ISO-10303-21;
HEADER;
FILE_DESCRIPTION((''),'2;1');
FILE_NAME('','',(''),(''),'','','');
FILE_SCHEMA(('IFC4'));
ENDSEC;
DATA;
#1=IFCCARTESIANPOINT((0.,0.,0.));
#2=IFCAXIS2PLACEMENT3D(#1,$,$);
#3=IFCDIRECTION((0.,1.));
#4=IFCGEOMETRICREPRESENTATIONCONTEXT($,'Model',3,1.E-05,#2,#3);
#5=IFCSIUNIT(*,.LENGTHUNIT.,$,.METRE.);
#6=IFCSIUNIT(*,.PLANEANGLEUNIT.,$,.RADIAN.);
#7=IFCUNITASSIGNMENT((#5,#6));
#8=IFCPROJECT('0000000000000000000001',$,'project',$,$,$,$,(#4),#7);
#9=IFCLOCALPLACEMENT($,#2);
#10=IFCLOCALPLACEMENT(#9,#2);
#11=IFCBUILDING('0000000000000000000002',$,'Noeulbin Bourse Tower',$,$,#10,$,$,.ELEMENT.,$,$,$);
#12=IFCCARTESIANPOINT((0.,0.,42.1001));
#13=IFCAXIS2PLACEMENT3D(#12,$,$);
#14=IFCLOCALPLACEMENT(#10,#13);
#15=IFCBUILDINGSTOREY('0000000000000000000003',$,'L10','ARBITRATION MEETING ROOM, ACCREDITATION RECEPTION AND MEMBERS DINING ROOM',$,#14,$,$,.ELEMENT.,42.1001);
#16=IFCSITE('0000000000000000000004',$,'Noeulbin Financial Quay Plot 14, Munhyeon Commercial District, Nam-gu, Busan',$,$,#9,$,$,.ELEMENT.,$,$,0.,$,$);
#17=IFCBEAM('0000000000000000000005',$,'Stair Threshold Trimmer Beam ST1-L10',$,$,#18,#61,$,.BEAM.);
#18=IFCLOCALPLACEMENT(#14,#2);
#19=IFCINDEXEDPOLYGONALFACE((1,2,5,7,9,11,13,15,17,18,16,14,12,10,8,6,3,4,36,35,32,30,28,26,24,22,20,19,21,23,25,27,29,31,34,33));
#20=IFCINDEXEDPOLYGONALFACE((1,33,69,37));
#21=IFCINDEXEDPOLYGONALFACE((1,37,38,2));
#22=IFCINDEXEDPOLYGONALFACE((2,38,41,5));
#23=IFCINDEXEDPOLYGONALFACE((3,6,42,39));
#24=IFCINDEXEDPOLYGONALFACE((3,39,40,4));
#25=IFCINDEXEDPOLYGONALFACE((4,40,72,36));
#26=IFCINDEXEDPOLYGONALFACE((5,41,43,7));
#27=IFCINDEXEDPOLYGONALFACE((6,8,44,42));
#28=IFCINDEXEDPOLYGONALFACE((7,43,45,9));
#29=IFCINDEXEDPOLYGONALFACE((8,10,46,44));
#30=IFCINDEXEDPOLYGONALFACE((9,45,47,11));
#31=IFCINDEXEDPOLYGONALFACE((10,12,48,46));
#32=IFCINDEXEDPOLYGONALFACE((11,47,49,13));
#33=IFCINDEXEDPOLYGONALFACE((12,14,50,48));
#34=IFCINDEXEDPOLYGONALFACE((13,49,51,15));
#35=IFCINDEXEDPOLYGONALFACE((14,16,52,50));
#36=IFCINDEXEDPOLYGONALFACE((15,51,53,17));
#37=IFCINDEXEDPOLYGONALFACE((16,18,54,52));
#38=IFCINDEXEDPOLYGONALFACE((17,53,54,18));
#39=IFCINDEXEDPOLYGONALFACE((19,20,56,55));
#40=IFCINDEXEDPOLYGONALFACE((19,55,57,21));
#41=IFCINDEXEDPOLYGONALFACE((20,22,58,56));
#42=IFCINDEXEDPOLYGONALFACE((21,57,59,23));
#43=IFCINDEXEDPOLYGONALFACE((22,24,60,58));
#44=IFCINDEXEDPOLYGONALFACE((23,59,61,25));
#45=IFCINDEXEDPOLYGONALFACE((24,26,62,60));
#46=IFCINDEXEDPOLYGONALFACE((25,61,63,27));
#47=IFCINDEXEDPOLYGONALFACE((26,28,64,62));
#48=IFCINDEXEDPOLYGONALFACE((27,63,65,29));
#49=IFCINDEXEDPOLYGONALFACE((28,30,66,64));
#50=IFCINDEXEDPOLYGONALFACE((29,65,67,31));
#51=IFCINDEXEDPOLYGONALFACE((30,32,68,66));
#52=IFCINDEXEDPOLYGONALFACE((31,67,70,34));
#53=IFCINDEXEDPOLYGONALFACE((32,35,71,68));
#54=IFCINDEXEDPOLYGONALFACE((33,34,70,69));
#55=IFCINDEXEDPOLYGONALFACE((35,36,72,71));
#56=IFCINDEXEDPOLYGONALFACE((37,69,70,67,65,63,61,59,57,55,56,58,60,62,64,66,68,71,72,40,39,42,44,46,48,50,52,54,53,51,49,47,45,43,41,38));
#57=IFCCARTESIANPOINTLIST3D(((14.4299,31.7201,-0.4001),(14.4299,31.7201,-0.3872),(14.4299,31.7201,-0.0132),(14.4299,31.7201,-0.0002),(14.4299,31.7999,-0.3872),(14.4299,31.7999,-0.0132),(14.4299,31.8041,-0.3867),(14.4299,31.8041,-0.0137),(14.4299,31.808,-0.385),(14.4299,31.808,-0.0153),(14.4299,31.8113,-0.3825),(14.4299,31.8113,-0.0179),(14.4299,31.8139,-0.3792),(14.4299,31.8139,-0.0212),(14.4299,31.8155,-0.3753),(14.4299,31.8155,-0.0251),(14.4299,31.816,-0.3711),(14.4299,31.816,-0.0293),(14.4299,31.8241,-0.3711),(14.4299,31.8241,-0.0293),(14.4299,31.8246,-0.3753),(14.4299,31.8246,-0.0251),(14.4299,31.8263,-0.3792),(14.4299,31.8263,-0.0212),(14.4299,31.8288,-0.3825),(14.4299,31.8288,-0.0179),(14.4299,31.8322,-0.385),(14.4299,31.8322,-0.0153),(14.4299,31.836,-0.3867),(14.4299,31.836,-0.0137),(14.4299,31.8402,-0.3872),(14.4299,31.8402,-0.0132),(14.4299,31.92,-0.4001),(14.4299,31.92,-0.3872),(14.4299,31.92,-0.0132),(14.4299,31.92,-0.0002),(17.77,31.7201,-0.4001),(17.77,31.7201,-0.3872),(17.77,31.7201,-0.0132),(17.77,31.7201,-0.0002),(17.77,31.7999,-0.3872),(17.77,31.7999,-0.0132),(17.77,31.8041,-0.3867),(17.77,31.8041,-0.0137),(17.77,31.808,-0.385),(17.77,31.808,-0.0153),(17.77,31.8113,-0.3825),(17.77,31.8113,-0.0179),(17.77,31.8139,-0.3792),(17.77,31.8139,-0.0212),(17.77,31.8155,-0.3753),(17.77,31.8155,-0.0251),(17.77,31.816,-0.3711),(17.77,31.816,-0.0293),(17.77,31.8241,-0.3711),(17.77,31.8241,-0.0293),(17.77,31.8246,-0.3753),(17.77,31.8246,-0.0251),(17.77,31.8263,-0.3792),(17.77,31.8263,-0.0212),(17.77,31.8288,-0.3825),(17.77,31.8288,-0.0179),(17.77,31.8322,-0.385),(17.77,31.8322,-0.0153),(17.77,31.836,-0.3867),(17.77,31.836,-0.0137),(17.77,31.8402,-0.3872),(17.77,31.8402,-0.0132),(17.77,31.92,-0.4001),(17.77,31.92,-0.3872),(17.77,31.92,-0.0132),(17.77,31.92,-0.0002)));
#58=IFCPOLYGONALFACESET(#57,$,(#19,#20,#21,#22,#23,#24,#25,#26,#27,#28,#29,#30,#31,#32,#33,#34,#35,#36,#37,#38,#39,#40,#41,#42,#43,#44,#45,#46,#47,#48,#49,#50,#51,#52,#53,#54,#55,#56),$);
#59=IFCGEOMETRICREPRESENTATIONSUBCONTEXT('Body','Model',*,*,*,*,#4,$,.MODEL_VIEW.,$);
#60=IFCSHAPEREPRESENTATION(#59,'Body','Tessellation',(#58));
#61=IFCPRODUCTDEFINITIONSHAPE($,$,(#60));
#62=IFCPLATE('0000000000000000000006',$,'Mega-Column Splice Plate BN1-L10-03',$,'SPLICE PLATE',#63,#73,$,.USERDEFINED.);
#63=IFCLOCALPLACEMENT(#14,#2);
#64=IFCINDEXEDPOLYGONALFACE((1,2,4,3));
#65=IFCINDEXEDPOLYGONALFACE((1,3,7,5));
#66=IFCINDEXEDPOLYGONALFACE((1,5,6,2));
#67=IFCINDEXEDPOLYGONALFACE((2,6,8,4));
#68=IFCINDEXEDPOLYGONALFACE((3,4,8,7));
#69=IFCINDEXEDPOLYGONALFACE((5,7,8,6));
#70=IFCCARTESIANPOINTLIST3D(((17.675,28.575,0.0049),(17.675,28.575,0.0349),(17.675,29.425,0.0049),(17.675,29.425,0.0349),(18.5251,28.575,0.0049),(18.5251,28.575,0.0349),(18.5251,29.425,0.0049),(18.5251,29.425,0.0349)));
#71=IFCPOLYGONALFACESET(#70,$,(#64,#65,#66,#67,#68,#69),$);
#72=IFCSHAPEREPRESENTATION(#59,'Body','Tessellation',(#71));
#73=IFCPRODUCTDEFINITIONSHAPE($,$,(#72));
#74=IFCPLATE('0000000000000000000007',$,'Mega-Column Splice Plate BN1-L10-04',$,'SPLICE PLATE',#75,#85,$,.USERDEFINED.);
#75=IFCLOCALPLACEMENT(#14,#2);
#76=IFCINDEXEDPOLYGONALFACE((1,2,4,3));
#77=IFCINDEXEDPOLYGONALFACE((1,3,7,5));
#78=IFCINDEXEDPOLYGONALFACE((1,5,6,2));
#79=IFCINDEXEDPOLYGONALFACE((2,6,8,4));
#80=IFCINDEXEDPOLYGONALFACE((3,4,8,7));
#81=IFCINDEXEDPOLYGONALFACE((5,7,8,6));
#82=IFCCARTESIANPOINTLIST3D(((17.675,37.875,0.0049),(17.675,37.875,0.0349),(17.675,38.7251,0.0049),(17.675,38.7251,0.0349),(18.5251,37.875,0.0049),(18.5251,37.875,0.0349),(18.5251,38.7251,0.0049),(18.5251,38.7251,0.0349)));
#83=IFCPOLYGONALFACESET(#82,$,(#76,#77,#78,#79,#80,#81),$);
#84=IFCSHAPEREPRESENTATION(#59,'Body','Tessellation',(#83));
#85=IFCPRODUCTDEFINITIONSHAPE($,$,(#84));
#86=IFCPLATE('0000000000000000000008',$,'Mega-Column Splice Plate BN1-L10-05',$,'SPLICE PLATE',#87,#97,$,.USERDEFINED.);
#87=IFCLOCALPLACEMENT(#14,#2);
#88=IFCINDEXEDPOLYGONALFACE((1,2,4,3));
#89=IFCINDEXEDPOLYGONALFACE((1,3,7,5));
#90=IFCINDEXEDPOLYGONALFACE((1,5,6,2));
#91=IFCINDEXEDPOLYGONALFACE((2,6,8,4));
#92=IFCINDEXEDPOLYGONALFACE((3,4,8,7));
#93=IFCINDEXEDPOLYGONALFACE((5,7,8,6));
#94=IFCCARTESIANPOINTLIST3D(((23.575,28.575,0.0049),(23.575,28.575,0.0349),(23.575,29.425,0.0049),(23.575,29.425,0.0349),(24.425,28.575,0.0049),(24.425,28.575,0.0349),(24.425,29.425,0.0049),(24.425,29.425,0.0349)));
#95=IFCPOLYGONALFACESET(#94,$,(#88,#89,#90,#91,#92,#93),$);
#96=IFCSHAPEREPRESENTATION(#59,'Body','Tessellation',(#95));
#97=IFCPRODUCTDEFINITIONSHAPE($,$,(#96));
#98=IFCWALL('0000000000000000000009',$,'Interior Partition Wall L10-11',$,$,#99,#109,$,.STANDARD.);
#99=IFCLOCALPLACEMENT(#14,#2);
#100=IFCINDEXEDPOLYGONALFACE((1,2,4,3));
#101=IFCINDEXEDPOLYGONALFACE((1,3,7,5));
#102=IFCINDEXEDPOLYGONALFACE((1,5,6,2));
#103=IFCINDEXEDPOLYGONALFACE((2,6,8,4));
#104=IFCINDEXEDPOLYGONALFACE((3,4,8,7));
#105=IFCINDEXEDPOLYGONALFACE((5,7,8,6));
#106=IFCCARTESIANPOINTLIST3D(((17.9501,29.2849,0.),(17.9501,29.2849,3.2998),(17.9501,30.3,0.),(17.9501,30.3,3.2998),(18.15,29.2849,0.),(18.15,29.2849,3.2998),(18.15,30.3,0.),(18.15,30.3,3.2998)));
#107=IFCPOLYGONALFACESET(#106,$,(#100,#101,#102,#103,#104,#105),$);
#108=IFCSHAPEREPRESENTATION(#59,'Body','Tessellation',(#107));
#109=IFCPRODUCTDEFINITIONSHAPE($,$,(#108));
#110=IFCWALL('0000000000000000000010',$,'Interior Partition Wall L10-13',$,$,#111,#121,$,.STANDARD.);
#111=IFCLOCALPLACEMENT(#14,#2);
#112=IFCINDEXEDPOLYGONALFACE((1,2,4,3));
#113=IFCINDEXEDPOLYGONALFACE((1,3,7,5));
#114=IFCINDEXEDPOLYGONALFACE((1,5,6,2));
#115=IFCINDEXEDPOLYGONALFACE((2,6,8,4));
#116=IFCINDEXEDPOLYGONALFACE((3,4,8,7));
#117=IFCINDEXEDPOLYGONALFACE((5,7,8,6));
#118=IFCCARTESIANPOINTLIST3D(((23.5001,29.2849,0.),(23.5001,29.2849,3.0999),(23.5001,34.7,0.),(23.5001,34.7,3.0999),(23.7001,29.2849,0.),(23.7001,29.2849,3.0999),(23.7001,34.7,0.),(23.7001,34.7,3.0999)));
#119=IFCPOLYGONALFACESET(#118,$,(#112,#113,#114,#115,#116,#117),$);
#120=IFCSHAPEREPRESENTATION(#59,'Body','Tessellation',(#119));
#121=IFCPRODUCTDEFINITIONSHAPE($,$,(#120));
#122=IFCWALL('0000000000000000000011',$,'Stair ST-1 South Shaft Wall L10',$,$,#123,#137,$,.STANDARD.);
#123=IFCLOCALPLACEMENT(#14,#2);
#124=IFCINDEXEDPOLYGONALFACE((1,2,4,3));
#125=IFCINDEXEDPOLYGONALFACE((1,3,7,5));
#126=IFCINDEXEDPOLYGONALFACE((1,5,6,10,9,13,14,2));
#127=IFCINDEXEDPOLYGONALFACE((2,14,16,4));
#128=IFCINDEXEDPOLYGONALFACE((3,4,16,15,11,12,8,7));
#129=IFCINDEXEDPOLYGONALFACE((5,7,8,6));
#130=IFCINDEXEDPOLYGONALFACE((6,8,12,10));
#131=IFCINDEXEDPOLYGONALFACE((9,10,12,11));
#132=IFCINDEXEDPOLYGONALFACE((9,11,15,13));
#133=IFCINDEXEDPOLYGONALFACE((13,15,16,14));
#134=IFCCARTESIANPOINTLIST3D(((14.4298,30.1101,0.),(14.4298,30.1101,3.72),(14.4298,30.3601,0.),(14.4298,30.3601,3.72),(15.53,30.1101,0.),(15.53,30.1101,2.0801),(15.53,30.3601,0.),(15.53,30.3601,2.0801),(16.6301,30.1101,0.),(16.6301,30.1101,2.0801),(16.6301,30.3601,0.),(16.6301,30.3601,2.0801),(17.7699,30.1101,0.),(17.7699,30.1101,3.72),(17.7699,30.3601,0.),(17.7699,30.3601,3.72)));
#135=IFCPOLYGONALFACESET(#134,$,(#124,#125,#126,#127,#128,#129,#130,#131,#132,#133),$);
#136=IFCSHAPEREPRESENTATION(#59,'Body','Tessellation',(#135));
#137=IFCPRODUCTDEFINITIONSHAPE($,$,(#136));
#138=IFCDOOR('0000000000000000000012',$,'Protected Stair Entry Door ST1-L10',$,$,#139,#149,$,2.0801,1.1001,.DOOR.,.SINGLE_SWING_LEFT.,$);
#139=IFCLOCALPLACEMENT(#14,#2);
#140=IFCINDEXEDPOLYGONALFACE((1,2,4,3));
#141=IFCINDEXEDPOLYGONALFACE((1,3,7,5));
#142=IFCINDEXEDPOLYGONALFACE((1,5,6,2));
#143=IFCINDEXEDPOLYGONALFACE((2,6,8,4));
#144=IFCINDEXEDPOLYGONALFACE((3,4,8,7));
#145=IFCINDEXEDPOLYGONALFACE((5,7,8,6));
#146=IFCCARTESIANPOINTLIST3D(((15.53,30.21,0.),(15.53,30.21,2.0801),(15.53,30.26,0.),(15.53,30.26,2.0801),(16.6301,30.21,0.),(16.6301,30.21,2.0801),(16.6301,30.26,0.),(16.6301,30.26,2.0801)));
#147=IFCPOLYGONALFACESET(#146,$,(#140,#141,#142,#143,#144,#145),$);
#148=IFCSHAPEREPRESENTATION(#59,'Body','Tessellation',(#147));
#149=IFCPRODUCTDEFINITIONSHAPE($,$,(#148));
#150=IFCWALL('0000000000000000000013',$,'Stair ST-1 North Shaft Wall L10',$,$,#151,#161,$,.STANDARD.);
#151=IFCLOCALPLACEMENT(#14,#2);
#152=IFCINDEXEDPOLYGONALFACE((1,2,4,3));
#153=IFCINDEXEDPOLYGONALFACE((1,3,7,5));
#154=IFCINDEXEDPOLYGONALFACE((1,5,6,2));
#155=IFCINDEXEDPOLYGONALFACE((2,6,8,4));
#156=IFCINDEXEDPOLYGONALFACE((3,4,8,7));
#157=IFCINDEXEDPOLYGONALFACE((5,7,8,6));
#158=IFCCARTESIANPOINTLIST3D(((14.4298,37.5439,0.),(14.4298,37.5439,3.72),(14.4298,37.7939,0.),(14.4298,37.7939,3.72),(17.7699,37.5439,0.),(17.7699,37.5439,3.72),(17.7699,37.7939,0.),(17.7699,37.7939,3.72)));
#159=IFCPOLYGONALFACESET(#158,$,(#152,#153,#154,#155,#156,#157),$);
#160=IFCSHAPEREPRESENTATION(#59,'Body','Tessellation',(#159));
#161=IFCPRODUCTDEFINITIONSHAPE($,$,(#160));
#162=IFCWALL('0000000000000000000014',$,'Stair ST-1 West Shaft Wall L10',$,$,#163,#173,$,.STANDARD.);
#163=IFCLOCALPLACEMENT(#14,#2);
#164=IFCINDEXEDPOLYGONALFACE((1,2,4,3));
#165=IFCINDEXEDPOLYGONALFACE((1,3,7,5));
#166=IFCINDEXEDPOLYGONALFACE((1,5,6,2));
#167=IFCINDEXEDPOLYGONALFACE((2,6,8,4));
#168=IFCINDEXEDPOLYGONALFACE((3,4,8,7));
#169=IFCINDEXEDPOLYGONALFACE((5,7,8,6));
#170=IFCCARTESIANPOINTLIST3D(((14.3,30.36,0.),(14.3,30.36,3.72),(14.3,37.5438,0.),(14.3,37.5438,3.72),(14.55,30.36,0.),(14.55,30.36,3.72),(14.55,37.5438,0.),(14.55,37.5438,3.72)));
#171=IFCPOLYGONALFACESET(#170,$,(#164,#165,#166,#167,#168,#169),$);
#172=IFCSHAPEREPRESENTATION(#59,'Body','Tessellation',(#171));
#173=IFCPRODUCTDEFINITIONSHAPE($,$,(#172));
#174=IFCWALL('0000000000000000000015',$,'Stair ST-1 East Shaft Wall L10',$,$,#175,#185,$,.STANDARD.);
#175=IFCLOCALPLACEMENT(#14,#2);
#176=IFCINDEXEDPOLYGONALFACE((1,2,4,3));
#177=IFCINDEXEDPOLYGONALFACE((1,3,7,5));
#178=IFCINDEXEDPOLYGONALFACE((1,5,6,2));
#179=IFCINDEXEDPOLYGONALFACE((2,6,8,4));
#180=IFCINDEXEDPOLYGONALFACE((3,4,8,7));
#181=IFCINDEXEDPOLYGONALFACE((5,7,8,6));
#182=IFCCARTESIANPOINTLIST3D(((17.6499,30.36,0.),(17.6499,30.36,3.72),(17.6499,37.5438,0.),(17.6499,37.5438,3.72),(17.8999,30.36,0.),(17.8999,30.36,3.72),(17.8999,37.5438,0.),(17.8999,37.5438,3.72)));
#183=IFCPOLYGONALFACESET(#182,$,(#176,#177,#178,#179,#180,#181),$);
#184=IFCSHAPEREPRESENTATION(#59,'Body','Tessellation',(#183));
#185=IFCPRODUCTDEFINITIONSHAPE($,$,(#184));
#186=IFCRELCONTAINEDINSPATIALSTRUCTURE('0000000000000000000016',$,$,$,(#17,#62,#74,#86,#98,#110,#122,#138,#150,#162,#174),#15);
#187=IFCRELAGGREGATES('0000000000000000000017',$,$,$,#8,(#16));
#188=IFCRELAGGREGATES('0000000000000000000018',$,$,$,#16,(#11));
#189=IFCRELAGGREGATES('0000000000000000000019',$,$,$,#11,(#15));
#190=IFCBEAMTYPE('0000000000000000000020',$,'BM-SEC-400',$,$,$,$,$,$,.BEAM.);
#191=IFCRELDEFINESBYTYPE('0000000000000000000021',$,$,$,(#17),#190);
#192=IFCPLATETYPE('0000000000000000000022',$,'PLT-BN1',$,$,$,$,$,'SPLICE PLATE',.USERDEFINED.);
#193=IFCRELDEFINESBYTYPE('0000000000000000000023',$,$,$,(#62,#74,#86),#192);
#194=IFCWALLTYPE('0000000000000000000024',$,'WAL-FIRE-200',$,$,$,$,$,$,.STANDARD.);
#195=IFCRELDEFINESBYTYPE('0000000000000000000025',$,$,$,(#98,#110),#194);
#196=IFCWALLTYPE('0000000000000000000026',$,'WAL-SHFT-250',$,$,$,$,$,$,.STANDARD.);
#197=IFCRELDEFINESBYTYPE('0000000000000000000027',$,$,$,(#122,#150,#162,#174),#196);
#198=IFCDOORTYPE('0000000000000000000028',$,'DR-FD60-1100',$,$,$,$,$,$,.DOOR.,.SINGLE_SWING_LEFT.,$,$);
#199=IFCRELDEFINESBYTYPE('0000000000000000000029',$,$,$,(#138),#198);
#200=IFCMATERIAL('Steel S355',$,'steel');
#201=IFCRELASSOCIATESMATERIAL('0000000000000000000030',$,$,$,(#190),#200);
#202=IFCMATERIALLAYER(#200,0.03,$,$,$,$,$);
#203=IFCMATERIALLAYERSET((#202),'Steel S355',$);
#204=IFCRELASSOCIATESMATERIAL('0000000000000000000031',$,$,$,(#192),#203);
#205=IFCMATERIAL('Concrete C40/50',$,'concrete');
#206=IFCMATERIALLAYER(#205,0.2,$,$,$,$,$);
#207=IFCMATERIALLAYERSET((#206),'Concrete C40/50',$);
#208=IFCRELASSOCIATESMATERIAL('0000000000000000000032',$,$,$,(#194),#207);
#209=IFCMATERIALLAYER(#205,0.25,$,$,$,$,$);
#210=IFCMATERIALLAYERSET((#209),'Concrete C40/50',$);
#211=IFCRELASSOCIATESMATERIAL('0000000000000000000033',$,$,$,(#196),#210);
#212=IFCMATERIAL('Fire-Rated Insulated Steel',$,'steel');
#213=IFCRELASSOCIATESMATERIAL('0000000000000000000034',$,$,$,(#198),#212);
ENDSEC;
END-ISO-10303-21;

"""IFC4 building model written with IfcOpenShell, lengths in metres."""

from ifc_helpers import new_model, si_unit, direction, frame, frame_2d, origin, origin_2d, place, context, subcontext, project, spatial, rectangle, i_section, extrude, material, layer, layer_set, material_profile, profile_set, type_object, element, fill, save


model = new_model("IFC4")

# Units and contexts
model_context = context("Model", 3, precision=1e-05, world=origin(), true_north=direction((0.0, 1.0)))
body_context = subcontext(model_context, "Body", "Model", "MODEL_VIEW")
ifc_project = project(units=[si_unit("LENGTHUNIT", "METRE"), si_unit("PLANEANGLEUNIT", "RADIAN")], contexts=[model_context])

# Site, building, storey
site_placement = place(None, origin())
site = spatial("IfcSite", under=ifc_project, at=site_placement, Name="Noeulbin Financial Quay Plot 14, Munhyeon Commercial District, Nam-gu, Busan", CompositionType="ELEMENT", RefElevation=0.0)
building_placement = place(site_placement, origin())
building = spatial("IfcBuilding", under=site, at=building_placement, Name="Noeulbin Bourse Tower", CompositionType="ELEMENT")
storey_placement = place(building_placement, frame((0.0, 0.0, 42.1001)))
storey = spatial("IfcBuildingStorey", under=building, at=storey_placement, Name="L10", Description="ARBITRATION MEETING ROOM, ACCREDITATION RECEPTION AND MEMBERS DINING ROOM", CompositionType="ELEMENT", Elevation=42.1001)

# Beam
ifc_material_1 = material(Name="Steel S355", Category="steel")
ifc_material_profile_1 = material_profile(ifc_material_1, i_section(OverallWidth=0.2, OverallDepth=0.3999, WebThickness=0.0081, FlangeThickness=0.0129, FilletRadius=0.0161, at=origin_2d()), Name="H-400x200x8x13", Category="LoadBearing")
ifc_profile_set_1 = profile_set([ifc_material_profile_1], Name="Steel S355")
beam_type = type_object("IfcBeamType", Name="BM-SEC-400", PredefinedType="BEAM", material=ifc_profile_set_1)
beam_placement = place(storey_placement, frame((14.4299, 31.8201, -0.2002), z_axis=(1.0, 0.0, 0.0), x_axis=(0.0, 1.0, 0.0)))
element("IfcBeam", 1, at=beam_placement, inside=storey, type_object=beam_type, Name="Stair Threshold Trimmer Beam ST1-L10", PredefinedType="BEAM", context=body_context, shape_type="SweptSolid", body=[
    extrude(i_section(OverallWidth=0.2, OverallDepth=0.3999, WebThickness=0.0081, FlangeThickness=0.0129, FilletRadius=0.0161, at=origin_2d()), origin(), (0.0, 0.0, 1.0), 3.3401),
])

# Plates
ifc_layer_1 = layer(ifc_material_1, 0.03)
ifc_layer_set_1 = layer_set([ifc_layer_1], Name="Steel S355")
plate_type = type_object("IfcPlateType", Name="PLT-BN1", ElementType="SPLICE PLATE", PredefinedType="USERDEFINED", material=ifc_layer_set_1)
for number, where, z_axis, x_axis, name in (
    (2, (18.1001, 29.0, 0.0049), (0.0, 0.0, 1.0), (1.0, 0.0, 0.0), "Mega-Column Splice Plate BN1-L10-03"),
    (3, (18.1001, 38.3, 0.0049), (0.0, 0.0, 1.0), (1.0, 0.0, 0.0), "Mega-Column Splice Plate BN1-L10-04"),
    (4, (24.0, 29.0, 0.0049), (0.0, 0.0, 1.0), (1.0, 0.0, 0.0), "Mega-Column Splice Plate BN1-L10-05"),
):
    element("IfcPlate", number, at=place(storey_placement, frame(where, z_axis=z_axis, x_axis=x_axis)), inside=storey, type_object=plate_type, Name=name, ObjectType="SPLICE PLATE", PredefinedType="USERDEFINED", context=body_context, shape_type="SweptSolid", body=[
        extrude(rectangle(XDim=0.8501, YDim=0.8501, at=origin_2d()), origin(), (0.0, 0.0, 1.0), 0.03),
    ])

# Walls
ifc_material_2 = material(Name="Concrete C40/50", Category="concrete")
ifc_layer_2 = layer(ifc_material_2, 0.2)
ifc_layer_set_2 = layer_set([ifc_layer_2], Name="Concrete C40/50")
wall_type_1 = type_object("IfcWallType", Name="WAL-FIRE-200", PredefinedType="STANDARD", material=ifc_layer_set_2)
wall_1_placement = place(storey_placement, frame((18.05, 29.2849, 0.0), z_axis=(0.0, 0.0, 1.0), x_axis=(0.0, 1.0, 0.0)))
element("IfcWall", 5, at=wall_1_placement, inside=storey, type_object=wall_type_1, Name="Interior Partition Wall L10-11", PredefinedType="STANDARD", context=body_context, shape_type="SweptSolid", body=[
    extrude(rectangle(XDim=1.0151, YDim=0.2, at=frame_2d((0.5076, 0.0))), origin(), (0.0, 0.0, 1.0), 3.2998),
])
wall_2_placement = place(storey_placement, frame((23.6001, 29.2849, 0.0), z_axis=(0.0, 0.0, 1.0), x_axis=(0.0, 1.0, 0.0)))
element("IfcWall", 6, at=wall_2_placement, inside=storey, type_object=wall_type_1, Name="Interior Partition Wall L10-13", PredefinedType="STANDARD", context=body_context, shape_type="SweptSolid", body=[
    extrude(rectangle(XDim=5.415, YDim=0.2, at=frame_2d((2.7075, 0.0))), origin(), (0.0, 0.0, 1.0), 3.0999),
])

# Wall, opening, door
ifc_layer_3 = layer(ifc_material_2, 0.25)
ifc_layer_set_3 = layer_set([ifc_layer_3], Name="Concrete C40/50")
wall_type_2 = type_object("IfcWallType", Name="WAL-SHFT-250", PredefinedType="STANDARD", material=ifc_layer_set_3)
wall_3_placement = place(storey_placement, frame((14.4299, 30.2351, 0.0), z_axis=(0.0, 0.0, 1.0), x_axis=(1.0, 0.0, 0.0)))
wall_3 = element("IfcWall", 7, at=wall_3_placement, inside=storey, type_object=wall_type_2, Name="Stair ST-1 South Shaft Wall L10", PredefinedType="STANDARD", context=body_context, shape_type="SweptSolid", body=[
    extrude(rectangle(XDim=3.3401, YDim=0.25, at=frame_2d((1.6699, 0.0))), origin(), (0.0, 0.0, 1.0), 3.72),
])
opening_1_placement = place(wall_3_placement, frame((1.1001, 0.0, 0.0)))
opening_1 = element("IfcOpeningElement", 8, at=opening_1_placement, cuts=wall_3, PredefinedType="OPENING", context=body_context, shape_type="SweptSolid", body=[
    extrude(rectangle(XDim=1.1001, YDim=2.0801, at=frame_2d((0.55, 1.04))), frame((0.0, 0.135, 0.0), z_axis=(0.0, -1.0, 0.0), x_axis=(1.0, 0.0, 0.0)), (0.0, 0.0, 1.0), 0.27),
])
ifc_material_3 = material(Name="Fire-Rated Insulated Steel", Category="steel")
door_type_1 = type_object("IfcDoorType", Name="DR-FD60-1100", OperationType="SINGLE_SWING_LEFT", PredefinedType="DOOR", material=ifc_material_3)
door_1_placement = place(opening_1_placement, origin())
door_1 = element("IfcDoor", 9, at=door_1_placement, inside=storey, type_object=door_type_1, Name="Protected Stair Entry Door ST1-L10", OperationType="SINGLE_SWING_LEFT", OverallHeight=2.0801, OverallWidth=1.1001, PredefinedType="DOOR", context=body_context, shape_type="SweptSolid", body=[
    extrude(rectangle(XDim=1.1001, YDim=2.0801, at=frame_2d((0.55, 1.04))), frame((0.0, 0.0249, 0.0), z_axis=(0.0, -1.0, 0.0), x_axis=(1.0, 0.0, 0.0)), (0.0, 0.0, 1.0), 0.05),
])
fill(opening_1, door_1)

# Walls
wall_4_placement = place(storey_placement, frame((14.4299, 37.6689, 0.0), z_axis=(0.0, 0.0, 1.0), x_axis=(1.0, 0.0, 0.0)))
element("IfcWall", 10, at=wall_4_placement, inside=storey, type_object=wall_type_2, Name="Stair ST-1 North Shaft Wall L10", PredefinedType="STANDARD", context=body_context, shape_type="SweptSolid", body=[
    extrude(rectangle(XDim=3.3401, YDim=0.25, at=frame_2d((1.6699, 0.0))), origin(), (0.0, 0.0, 1.0), 3.72),
])
for number, where, z_axis, x_axis, name in (
    (11, (14.425, 30.3601, 0.0), (0.0, 0.0, 1.0), (0.0, 1.0, 0.0), "Stair ST-1 West Shaft Wall L10"),
    (12, (17.7749, 30.3601, 0.0), (0.0, 0.0, 1.0), (0.0, 1.0, 0.0), "Stair ST-1 East Shaft Wall L10"),
):
    element("IfcWall", number, at=place(storey_placement, frame(where, z_axis=z_axis, x_axis=x_axis)), inside=storey, type_object=wall_type_2, Name=name, PredefinedType="STANDARD", context=body_context, shape_type="SweptSolid", body=[
        extrude(rectangle(XDim=7.1838, YDim=0.25, at=frame_2d((3.5918, 0.0))), origin(), (0.0, 0.0, 1.0), 3.72),
    ])

save(model, "model.ifc")
